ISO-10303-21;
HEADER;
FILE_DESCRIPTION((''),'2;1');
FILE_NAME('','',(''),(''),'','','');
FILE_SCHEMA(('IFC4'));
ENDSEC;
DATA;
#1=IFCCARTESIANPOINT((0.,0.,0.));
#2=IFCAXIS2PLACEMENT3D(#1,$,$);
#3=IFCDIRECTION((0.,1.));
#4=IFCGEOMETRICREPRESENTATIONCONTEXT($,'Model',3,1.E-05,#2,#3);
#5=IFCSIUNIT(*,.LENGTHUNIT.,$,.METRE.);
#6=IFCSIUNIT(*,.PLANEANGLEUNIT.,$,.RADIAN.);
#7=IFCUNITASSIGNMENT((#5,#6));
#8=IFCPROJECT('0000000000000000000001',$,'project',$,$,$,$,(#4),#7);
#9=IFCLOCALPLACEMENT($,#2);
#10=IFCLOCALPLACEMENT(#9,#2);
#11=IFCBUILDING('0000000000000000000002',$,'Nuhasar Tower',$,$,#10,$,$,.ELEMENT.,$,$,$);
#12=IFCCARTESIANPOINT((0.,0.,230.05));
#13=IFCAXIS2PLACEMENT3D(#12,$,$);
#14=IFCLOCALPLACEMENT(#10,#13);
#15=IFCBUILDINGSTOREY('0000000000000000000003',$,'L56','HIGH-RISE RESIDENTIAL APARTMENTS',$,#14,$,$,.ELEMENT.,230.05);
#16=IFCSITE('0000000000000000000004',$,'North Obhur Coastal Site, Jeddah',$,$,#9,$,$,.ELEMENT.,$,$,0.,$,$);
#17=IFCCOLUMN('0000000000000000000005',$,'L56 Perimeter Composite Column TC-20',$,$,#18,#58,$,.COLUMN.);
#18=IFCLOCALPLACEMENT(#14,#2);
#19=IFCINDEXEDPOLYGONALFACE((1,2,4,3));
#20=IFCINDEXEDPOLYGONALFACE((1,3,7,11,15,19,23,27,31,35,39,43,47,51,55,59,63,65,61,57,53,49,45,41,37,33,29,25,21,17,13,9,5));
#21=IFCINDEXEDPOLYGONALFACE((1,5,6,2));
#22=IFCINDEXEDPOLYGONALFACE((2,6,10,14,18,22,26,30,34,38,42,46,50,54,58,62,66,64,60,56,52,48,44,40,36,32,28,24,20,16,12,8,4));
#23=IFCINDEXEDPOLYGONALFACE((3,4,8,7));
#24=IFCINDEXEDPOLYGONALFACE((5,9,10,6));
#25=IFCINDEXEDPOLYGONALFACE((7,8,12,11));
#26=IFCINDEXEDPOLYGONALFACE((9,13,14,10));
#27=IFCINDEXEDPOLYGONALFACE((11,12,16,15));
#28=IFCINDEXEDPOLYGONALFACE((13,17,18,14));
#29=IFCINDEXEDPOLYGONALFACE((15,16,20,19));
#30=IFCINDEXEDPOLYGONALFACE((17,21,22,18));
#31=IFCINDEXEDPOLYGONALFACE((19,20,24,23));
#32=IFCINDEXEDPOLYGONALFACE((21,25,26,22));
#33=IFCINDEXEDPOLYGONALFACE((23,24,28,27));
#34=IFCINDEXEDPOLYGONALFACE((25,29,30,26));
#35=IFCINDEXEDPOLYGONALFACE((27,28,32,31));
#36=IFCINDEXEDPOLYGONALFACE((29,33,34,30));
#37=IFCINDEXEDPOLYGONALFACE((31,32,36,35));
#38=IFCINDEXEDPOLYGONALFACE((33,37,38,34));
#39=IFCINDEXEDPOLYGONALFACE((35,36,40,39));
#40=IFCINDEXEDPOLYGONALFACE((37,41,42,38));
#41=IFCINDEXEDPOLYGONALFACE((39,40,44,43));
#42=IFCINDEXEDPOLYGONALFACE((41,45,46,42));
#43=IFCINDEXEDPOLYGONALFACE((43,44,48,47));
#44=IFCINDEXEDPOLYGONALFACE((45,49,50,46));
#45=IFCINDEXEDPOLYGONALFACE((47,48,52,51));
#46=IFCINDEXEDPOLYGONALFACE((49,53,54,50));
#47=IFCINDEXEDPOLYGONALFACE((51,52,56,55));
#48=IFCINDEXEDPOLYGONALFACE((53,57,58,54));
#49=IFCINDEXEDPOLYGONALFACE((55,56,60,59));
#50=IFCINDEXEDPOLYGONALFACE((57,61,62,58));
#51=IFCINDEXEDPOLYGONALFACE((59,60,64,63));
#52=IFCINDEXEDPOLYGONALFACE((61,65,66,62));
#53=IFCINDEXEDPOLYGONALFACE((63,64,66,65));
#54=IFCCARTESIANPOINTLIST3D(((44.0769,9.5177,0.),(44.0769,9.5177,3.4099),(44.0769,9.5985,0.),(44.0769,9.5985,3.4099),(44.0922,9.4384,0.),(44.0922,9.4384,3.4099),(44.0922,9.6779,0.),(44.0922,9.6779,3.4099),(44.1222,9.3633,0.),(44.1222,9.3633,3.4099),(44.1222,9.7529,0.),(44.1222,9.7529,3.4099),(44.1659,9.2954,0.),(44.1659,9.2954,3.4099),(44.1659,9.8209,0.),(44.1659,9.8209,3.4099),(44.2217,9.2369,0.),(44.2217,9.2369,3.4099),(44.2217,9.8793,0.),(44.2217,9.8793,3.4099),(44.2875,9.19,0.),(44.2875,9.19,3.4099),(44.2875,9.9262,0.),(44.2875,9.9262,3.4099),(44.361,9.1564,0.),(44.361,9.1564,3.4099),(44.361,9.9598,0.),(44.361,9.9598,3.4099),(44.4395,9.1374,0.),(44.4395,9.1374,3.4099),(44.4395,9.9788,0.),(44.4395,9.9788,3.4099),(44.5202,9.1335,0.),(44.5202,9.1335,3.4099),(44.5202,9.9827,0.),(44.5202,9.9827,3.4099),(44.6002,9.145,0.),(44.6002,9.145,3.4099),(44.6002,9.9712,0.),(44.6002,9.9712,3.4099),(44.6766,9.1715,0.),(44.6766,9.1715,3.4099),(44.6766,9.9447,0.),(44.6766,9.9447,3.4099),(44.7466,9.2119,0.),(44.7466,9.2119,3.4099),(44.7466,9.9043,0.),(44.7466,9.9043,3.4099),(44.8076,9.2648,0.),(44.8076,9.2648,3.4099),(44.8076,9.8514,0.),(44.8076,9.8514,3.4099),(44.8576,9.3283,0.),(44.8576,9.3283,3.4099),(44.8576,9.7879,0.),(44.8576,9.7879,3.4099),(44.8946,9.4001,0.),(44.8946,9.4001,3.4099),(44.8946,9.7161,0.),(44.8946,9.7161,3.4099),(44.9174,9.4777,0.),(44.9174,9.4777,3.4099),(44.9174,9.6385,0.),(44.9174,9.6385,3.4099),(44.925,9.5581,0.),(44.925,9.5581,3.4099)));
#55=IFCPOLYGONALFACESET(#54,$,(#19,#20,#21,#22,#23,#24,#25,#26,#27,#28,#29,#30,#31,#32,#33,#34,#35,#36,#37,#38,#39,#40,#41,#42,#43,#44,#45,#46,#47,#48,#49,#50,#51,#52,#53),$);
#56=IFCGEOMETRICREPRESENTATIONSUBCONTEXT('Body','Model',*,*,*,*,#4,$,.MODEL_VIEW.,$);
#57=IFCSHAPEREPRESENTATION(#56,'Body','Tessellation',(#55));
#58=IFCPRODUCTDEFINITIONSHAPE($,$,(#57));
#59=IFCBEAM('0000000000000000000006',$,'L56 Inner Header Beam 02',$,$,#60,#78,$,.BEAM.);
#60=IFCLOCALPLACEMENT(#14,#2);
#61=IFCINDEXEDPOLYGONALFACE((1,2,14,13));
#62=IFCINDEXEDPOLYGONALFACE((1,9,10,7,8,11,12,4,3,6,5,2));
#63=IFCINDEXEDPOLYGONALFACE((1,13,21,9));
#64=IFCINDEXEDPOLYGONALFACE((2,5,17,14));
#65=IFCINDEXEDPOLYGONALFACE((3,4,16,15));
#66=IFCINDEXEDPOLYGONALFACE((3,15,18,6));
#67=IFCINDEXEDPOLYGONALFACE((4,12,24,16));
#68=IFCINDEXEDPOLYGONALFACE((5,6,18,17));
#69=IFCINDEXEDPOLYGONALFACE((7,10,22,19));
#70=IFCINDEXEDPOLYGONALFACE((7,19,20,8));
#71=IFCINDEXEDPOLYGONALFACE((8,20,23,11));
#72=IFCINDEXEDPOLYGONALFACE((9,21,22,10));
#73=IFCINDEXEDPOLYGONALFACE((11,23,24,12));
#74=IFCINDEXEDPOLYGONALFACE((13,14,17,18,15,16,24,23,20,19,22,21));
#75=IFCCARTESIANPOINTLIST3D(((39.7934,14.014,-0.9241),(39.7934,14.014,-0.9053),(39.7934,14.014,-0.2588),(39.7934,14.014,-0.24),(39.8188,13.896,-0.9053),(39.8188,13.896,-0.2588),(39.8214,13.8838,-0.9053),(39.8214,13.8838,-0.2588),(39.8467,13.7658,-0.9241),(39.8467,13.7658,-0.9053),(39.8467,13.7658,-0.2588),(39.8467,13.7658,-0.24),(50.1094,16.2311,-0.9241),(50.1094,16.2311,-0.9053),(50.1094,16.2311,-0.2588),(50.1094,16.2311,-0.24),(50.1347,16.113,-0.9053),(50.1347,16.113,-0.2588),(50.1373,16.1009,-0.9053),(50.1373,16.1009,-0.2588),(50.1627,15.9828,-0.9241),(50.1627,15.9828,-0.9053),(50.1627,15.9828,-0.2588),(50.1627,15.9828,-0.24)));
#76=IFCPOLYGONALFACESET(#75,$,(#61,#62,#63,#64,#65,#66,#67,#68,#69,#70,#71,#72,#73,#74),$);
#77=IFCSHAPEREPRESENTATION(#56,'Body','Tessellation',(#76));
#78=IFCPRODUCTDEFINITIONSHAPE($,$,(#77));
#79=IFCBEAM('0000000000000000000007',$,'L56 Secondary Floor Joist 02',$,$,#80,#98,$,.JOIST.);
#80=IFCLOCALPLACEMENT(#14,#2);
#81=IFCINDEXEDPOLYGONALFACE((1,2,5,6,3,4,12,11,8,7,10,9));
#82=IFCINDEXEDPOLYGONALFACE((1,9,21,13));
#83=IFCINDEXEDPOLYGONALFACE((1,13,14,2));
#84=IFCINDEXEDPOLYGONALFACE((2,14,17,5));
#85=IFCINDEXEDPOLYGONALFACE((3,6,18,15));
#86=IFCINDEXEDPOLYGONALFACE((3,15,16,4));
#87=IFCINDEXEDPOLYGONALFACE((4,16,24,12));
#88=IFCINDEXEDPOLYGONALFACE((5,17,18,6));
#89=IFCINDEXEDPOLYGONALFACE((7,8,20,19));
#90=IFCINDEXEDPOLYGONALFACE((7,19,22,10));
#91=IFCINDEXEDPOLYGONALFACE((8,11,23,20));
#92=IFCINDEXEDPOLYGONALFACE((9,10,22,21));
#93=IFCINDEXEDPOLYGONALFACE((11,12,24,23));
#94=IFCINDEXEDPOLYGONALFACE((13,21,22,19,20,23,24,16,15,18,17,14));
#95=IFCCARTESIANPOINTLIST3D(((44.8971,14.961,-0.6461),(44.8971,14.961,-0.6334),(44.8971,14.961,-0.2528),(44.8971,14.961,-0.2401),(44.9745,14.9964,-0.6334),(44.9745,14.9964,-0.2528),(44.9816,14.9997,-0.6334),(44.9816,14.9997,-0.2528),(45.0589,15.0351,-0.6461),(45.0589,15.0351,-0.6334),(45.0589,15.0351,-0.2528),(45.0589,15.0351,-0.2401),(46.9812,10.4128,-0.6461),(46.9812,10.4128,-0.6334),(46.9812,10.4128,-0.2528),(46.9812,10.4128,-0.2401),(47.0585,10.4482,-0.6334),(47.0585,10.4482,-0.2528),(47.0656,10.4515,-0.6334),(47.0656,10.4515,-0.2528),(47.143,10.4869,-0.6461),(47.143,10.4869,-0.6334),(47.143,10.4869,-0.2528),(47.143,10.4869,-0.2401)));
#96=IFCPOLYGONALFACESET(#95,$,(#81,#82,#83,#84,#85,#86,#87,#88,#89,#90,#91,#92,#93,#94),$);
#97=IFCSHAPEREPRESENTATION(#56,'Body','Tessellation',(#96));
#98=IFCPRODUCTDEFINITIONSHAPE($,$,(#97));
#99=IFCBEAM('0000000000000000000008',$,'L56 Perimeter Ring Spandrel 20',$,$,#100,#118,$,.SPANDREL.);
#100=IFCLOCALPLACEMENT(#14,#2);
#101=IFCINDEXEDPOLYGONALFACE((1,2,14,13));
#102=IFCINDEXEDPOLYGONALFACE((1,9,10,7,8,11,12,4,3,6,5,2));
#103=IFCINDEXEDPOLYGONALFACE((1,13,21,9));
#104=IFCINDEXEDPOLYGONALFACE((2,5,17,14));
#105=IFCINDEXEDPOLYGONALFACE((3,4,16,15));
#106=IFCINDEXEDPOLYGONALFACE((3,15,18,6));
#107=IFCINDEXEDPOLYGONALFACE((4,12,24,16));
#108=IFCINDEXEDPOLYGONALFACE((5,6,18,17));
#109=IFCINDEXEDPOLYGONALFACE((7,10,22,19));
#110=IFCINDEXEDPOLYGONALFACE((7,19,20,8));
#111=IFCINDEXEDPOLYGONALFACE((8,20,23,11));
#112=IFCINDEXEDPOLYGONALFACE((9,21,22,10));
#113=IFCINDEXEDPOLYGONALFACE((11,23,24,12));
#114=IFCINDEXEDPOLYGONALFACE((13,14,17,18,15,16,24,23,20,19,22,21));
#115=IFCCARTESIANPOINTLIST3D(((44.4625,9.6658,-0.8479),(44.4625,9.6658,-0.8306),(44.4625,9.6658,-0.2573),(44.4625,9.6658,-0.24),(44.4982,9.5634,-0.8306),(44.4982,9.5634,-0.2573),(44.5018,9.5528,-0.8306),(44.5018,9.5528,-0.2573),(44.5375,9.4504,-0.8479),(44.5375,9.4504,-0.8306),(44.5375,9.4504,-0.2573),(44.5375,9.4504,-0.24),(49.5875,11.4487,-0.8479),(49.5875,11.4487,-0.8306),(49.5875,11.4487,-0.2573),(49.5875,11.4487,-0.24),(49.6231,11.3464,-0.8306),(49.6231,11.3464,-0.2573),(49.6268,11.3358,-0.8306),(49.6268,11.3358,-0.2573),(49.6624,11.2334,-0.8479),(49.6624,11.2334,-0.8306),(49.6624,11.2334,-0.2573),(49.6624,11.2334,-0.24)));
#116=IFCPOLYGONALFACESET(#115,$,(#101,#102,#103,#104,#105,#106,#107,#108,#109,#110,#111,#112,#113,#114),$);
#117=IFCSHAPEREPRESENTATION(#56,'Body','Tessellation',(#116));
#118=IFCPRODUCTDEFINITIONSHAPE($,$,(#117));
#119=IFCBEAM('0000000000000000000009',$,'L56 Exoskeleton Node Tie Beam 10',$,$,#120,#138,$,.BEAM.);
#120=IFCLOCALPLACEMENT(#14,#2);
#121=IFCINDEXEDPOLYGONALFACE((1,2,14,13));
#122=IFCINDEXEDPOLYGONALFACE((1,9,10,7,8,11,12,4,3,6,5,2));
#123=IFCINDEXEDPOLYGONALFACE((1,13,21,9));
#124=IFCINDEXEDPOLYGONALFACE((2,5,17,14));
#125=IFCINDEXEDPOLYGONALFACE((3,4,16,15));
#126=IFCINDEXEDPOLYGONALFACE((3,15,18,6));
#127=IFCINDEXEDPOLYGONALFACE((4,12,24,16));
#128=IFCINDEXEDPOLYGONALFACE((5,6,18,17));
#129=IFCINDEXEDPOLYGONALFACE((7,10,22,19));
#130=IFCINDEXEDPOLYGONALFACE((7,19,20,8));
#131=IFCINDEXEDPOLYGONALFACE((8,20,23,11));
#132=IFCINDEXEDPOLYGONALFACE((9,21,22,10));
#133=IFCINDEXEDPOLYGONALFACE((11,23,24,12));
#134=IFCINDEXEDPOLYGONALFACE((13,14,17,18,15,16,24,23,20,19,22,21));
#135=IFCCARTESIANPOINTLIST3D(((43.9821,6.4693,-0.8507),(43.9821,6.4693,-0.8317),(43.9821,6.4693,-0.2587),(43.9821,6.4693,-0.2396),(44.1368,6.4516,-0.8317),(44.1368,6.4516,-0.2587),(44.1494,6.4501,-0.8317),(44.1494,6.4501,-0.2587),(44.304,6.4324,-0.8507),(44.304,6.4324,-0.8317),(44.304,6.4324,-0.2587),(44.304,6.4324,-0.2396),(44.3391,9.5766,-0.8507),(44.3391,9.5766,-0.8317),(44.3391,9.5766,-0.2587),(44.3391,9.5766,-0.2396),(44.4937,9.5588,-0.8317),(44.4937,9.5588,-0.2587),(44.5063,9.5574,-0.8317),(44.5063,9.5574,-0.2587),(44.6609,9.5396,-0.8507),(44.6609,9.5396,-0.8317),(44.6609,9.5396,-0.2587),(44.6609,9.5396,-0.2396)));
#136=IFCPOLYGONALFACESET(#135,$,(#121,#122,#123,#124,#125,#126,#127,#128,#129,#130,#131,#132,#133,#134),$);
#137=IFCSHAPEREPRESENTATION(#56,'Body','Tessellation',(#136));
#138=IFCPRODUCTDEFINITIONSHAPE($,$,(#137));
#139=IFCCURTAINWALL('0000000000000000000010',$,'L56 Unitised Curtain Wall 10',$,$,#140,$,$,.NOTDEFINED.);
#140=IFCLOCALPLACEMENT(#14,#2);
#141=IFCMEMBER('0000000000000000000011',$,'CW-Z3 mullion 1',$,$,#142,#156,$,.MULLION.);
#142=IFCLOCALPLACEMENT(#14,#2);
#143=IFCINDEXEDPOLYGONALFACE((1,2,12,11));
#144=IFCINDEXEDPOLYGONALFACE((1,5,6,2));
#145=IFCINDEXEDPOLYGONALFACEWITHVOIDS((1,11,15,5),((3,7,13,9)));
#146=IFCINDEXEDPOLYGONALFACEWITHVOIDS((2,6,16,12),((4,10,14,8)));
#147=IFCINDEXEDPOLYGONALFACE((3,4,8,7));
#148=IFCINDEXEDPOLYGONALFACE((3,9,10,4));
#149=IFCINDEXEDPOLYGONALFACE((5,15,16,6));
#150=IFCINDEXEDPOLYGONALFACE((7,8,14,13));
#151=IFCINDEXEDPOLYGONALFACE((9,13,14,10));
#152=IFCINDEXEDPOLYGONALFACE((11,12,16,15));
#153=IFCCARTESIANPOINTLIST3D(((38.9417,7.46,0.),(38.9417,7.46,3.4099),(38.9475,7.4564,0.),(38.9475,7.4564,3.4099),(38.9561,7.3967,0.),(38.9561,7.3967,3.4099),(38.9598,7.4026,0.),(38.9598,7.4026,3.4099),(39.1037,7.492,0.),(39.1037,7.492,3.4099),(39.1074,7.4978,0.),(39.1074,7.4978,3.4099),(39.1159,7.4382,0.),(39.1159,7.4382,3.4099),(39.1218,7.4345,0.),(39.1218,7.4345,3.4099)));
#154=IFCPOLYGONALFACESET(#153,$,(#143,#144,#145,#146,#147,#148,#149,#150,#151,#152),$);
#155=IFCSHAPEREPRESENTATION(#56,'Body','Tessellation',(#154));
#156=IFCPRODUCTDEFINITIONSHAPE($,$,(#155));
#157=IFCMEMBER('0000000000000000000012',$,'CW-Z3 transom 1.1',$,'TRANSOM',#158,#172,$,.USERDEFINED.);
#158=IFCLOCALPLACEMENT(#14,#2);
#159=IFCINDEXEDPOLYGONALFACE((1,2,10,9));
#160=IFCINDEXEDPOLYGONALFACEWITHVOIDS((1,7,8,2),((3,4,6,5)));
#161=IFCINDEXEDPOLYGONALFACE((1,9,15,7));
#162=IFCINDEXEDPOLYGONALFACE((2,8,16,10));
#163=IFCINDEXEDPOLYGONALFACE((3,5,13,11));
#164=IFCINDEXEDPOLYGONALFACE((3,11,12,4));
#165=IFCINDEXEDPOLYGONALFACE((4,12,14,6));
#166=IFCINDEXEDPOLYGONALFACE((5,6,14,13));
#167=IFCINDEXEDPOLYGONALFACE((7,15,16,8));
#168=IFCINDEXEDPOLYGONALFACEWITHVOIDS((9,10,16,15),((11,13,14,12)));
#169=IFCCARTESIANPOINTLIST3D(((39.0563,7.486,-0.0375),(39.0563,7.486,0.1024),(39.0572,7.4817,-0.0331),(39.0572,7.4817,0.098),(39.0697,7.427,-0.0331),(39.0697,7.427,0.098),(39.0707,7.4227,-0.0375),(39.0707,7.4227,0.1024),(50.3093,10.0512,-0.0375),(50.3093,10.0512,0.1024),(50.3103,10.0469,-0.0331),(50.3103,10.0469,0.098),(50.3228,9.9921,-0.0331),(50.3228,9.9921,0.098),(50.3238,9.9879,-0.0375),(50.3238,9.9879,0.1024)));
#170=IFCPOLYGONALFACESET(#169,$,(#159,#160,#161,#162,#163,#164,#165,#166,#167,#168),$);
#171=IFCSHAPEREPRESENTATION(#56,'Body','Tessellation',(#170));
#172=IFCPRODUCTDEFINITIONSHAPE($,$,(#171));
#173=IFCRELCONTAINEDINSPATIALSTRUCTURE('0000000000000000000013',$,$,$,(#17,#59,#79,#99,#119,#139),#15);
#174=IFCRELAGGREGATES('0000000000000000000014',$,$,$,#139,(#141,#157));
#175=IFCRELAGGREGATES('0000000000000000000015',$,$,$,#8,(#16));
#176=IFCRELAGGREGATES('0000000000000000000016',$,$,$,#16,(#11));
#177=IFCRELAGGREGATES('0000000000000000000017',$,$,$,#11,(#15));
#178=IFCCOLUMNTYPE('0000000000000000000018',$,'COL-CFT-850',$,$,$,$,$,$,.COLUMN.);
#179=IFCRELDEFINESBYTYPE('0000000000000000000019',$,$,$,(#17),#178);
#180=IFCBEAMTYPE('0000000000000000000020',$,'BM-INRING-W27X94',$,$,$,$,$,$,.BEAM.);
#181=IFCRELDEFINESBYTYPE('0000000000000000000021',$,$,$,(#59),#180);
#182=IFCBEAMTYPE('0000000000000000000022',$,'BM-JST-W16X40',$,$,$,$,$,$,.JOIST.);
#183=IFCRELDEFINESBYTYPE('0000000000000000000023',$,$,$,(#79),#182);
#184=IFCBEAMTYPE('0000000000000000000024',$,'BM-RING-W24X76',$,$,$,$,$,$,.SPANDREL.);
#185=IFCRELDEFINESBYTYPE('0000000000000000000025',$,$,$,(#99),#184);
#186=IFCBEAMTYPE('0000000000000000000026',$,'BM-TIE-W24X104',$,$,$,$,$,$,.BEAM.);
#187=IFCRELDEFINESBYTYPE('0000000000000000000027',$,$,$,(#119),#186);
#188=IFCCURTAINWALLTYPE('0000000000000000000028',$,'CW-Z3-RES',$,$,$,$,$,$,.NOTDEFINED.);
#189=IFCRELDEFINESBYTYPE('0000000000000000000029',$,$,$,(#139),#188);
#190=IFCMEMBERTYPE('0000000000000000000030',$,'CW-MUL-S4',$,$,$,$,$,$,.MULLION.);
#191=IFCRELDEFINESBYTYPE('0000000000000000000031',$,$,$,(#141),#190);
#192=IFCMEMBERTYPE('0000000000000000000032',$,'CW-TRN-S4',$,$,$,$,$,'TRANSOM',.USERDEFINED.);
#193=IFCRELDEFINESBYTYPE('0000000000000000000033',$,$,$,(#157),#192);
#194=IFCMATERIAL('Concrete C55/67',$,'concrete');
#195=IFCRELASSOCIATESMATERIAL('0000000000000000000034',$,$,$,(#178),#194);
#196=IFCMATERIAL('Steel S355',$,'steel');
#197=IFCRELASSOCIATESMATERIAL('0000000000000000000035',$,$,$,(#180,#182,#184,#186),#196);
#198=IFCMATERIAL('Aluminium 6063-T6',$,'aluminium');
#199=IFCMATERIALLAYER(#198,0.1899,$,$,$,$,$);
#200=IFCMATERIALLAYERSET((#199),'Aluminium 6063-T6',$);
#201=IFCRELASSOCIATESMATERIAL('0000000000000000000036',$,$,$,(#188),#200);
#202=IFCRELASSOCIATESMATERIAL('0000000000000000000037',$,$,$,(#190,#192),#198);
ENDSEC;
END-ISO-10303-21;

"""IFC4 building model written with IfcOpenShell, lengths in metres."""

from ifc_helpers import new_model, si_unit, direction, frame, origin, origin_2d, place, context, subcontext, project, spatial, hollow_rectangle, circle, i_section, extrude, material, layer, layer_set, material_profile, profile_set, type_object, element, aggregate, save


model = new_model("IFC4")

# Units and contexts
model_context = context("Model", 3, precision=1e-05, world=origin(), true_north=direction((0.0, 1.0)))
body_context = subcontext(model_context, "Body", "Model", "MODEL_VIEW")
ifc_project = project(units=[si_unit("LENGTHUNIT", "METRE"), si_unit("PLANEANGLEUNIT", "RADIAN")], contexts=[model_context])

# Site, building, storey
site_placement = place(None, origin())
site = spatial("IfcSite", under=ifc_project, at=site_placement, Name="North Obhur Coastal Site, Jeddah", CompositionType="ELEMENT", RefElevation=0.0)
building_placement = place(site_placement, origin())
building = spatial("IfcBuilding", under=site, at=building_placement, Name="Nuhasar Tower", CompositionType="ELEMENT")
storey_placement = place(building_placement, frame((0.0, 0.0, 230.05)))
storey = spatial("IfcBuildingStorey", under=building, at=storey_placement, Name="L56", Description="HIGH-RISE RESIDENTIAL APARTMENTS", CompositionType="ELEMENT", Elevation=230.05)

# Column
ifc_material_1 = material(Name="Concrete C55/67", Category="concrete")
ifc_material_profile_1 = material_profile(ifc_material_1, circle(Radius=0.425, at=origin_2d()), Name="CFT850")
ifc_profile_set_1 = profile_set([ifc_material_profile_1], Name="Concrete C55/67")
column_type = type_object("IfcColumnType", Name="COL-CFT-850", PredefinedType="COLUMN", material=ifc_profile_set_1)
column_placement = place(storey_placement, frame((44.5, 9.5581, 0.0), z_axis=(0.0, 0.0, 1.0), x_axis=(1.0, 0.0, 0.0)))
element("IfcColumn", 1, at=column_placement, inside=storey, type_object=column_type, Name="L56 Perimeter Composite Column TC-20", PredefinedType="COLUMN", context=body_context, shape_type="SweptSolid", body=[
    extrude(circle(Radius=0.425, at=origin_2d()), origin(), (0.0, 0.0, 1.0), 3.4099),
])

# Beams
ifc_material_2 = material(Name="Steel S355", Category="steel")
ifc_material_profile_2 = material_profile(ifc_material_2, i_section(OverallWidth=0.2539, OverallDepth=0.6841, WebThickness=0.0125, FlangeThickness=0.0188, at=origin_2d()), Name="W27X94")
ifc_profile_set_2 = profile_set([ifc_material_profile_2], Name="Steel S355")
beam_type_1 = type_object("IfcBeamType", Name="BM-INRING-W27X94", PredefinedType="BEAM", material=ifc_profile_set_2)
beam_1_placement = place(storey_placement, frame((39.8201, 13.8899, -0.582), z_axis=(0.977676, 0.210117, 0.0), x_axis=(-0.210117, 0.977676, 0.0)))
element("IfcBeam", 2, at=beam_1_placement, inside=storey, type_object=beam_type_1, Name="L56 Inner Header Beam 02", PredefinedType="BEAM", context=body_context, shape_type="SweptSolid", body=[
    extrude(i_section(OverallWidth=0.2539, OverallDepth=0.6841, WebThickness=0.0125, FlangeThickness=0.0188, at=origin_2d()), origin(), (0.0, 0.0, 1.0), 10.5515),
])
ifc_material_profile_3 = material_profile(ifc_material_2, i_section(OverallWidth=0.178, OverallDepth=0.406, WebThickness=0.0078, FlangeThickness=0.0127, at=origin_2d()), Name="W16X40")
ifc_profile_set_3 = profile_set([ifc_material_profile_3], Name="Steel S355")
beam_type_2 = type_object("IfcBeamType", Name="BM-JST-W16X40", PredefinedType="JOIST", material=ifc_profile_set_3)
beam_2_placement = place(storey_placement, frame((44.978, 14.998, -0.4431), z_axis=(0.416562, -0.909107, 0.0), x_axis=(0.909107, 0.416562, 0.0)))
element("IfcBeam", 3, at=beam_2_placement, inside=storey, type_object=beam_type_2, Name="L56 Secondary Floor Joist 02", PredefinedType="JOIST", context=body_context, shape_type="SweptSolid", body=[
    extrude(i_section(OverallWidth=0.178, OverallDepth=0.406, WebThickness=0.0078, FlangeThickness=0.0127, at=origin_2d()), origin(), (0.0, 0.0, 1.0), 5.0029),
])
ifc_material_profile_4 = material_profile(ifc_material_2, i_section(OverallWidth=0.228, OverallDepth=0.6079, WebThickness=0.0112, FlangeThickness=0.0173, at=origin_2d()), Name="W24X76")
ifc_profile_set_4 = profile_set([ifc_material_profile_4], Name="Steel S355")
beam_type_3 = type_object("IfcBeamType", Name="BM-RING-W24X76", PredefinedType="SPANDREL", material=ifc_profile_set_4)
beam_3_placement = place(storey_placement, frame((44.5, 9.5581, -0.5439), z_axis=(0.944477, 0.328578, 0.0), x_axis=(-0.328578, 0.944477, 0.0)))
element("IfcBeam", 4, at=beam_3_placement, inside=storey, type_object=beam_type_3, Name="L56 Perimeter Ring Spandrel 20", PredefinedType="SPANDREL", context=body_context, shape_type="SweptSolid", body=[
    extrude(i_section(OverallWidth=0.228, OverallDepth=0.6079, WebThickness=0.0112, FlangeThickness=0.0173, at=origin_2d()), origin(), (0.0, 0.0, 1.0), 5.4263),
])
ifc_material_profile_5 = material_profile(ifc_material_2, i_section(OverallWidth=0.324, OverallDepth=0.6111, WebThickness=0.0127, FlangeThickness=0.019, at=origin_2d()), Name="W24X104")
ifc_profile_set_5 = profile_set([ifc_material_profile_5], Name="Steel S355")
beam_type_4 = type_object("IfcBeamType", Name="BM-TIE-W24X104", PredefinedType="BEAM", material=ifc_profile_set_5)
beam_4_placement = place(storey_placement, frame((44.5, 9.5581, -0.5452), z_axis=(-0.114123, -0.993467, 0.0), x_axis=(0.993467, -0.114123, 0.0)))
element("IfcBeam", 5, at=beam_4_placement, inside=storey, type_object=beam_type_4, Name="L56 Exoskeleton Node Tie Beam 10", PredefinedType="BEAM", context=body_context, shape_type="SweptSolid", body=[
    extrude(i_section(OverallWidth=0.324, OverallDepth=0.6111, WebThickness=0.0127, FlangeThickness=0.019, at=origin_2d()), origin(), (0.0, 0.0, 1.0), 3.1277),
])

# Curtain wall, members
ifc_material_3 = material(Name="Aluminium 6063-T6", Category="aluminium")
ifc_layer_1 = layer(ifc_material_3, 0.1899)
ifc_layer_set_1 = layer_set([ifc_layer_1], Name="Aluminium 6063-T6")
curtain_wall_type = type_object("IfcCurtainWallType", Name="CW-Z3-RES", PredefinedType="NOTDEFINED", material=ifc_layer_set_1)
curtain_wall_placement = place(storey_placement, origin())
curtain_wall = element("IfcCurtainWall", 6, at=curtain_wall_placement, inside=storey, type_object=curtain_wall_type, Name="L56 Unitised Curtain Wall 10", PredefinedType="NOTDEFINED")
ifc_material_profile_6 = material_profile(ifc_material_3, hollow_rectangle(XDim=0.0649, YDim=0.1699, WallThickness=0.0049, at=origin_2d()), Name="CWM-4")
ifc_profile_set_6 = profile_set([ifc_material_profile_6], Name="Aluminium 6063-T6")
member_type_1 = type_object("IfcMemberType", Name="CW-MUL-S4", PredefinedType="MULLION", material=ifc_profile_set_6)
member_1_placement = place(storey_placement, frame((39.0317, 7.4473, 0.0), z_axis=(0.0, 0.0, 1.0), x_axis=(-0.222243, 0.974991, 0.0)))
member_1 = element("IfcMember", 7, at=member_1_placement, type_object=member_type_1, Name="CW-Z3 mullion 1", PredefinedType="MULLION", context=body_context, shape_type="SweptSolid", body=[
    extrude(hollow_rectangle(XDim=0.0649, YDim=0.1699, WallThickness=0.0049, at=origin_2d()), origin(), (0.0, 0.0, 1.0), 3.4099),
])
ifc_material_profile_7 = material_profile(ifc_material_3, hollow_rectangle(XDim=0.0649, YDim=0.1399, WallThickness=0.0044, at=origin_2d()), Name="CWT-4")
ifc_profile_set_7 = profile_set([ifc_material_profile_7], Name="Aluminium 6063-T6")
member_type_2 = type_object("IfcMemberType", Name="CW-TRN-S4", ElementType="TRANSOM", PredefinedType="USERDEFINED", material=ifc_profile_set_7)
member_2_placement = place(storey_placement, frame((39.0635, 7.4543, 0.0325), z_axis=(0.974989, 0.222251, 0.0), x_axis=(-0.222251, 0.974989, 0.0)))
member_2 = element("IfcMember", 8, at=member_2_placement, type_object=member_type_2, Name="CW-Z3 transom 1.1", ObjectType="TRANSOM", PredefinedType="USERDEFINED", context=body_context, shape_type="SweptSolid", body=[
    extrude(hollow_rectangle(XDim=0.0649, YDim=0.1399, WallThickness=0.0044, at=origin_2d()), origin(), (0.0, 0.0, 1.0), 11.5417),
])

aggregate(curtain_wall, [member_1, member_2])

save(model, "model.ifc")
